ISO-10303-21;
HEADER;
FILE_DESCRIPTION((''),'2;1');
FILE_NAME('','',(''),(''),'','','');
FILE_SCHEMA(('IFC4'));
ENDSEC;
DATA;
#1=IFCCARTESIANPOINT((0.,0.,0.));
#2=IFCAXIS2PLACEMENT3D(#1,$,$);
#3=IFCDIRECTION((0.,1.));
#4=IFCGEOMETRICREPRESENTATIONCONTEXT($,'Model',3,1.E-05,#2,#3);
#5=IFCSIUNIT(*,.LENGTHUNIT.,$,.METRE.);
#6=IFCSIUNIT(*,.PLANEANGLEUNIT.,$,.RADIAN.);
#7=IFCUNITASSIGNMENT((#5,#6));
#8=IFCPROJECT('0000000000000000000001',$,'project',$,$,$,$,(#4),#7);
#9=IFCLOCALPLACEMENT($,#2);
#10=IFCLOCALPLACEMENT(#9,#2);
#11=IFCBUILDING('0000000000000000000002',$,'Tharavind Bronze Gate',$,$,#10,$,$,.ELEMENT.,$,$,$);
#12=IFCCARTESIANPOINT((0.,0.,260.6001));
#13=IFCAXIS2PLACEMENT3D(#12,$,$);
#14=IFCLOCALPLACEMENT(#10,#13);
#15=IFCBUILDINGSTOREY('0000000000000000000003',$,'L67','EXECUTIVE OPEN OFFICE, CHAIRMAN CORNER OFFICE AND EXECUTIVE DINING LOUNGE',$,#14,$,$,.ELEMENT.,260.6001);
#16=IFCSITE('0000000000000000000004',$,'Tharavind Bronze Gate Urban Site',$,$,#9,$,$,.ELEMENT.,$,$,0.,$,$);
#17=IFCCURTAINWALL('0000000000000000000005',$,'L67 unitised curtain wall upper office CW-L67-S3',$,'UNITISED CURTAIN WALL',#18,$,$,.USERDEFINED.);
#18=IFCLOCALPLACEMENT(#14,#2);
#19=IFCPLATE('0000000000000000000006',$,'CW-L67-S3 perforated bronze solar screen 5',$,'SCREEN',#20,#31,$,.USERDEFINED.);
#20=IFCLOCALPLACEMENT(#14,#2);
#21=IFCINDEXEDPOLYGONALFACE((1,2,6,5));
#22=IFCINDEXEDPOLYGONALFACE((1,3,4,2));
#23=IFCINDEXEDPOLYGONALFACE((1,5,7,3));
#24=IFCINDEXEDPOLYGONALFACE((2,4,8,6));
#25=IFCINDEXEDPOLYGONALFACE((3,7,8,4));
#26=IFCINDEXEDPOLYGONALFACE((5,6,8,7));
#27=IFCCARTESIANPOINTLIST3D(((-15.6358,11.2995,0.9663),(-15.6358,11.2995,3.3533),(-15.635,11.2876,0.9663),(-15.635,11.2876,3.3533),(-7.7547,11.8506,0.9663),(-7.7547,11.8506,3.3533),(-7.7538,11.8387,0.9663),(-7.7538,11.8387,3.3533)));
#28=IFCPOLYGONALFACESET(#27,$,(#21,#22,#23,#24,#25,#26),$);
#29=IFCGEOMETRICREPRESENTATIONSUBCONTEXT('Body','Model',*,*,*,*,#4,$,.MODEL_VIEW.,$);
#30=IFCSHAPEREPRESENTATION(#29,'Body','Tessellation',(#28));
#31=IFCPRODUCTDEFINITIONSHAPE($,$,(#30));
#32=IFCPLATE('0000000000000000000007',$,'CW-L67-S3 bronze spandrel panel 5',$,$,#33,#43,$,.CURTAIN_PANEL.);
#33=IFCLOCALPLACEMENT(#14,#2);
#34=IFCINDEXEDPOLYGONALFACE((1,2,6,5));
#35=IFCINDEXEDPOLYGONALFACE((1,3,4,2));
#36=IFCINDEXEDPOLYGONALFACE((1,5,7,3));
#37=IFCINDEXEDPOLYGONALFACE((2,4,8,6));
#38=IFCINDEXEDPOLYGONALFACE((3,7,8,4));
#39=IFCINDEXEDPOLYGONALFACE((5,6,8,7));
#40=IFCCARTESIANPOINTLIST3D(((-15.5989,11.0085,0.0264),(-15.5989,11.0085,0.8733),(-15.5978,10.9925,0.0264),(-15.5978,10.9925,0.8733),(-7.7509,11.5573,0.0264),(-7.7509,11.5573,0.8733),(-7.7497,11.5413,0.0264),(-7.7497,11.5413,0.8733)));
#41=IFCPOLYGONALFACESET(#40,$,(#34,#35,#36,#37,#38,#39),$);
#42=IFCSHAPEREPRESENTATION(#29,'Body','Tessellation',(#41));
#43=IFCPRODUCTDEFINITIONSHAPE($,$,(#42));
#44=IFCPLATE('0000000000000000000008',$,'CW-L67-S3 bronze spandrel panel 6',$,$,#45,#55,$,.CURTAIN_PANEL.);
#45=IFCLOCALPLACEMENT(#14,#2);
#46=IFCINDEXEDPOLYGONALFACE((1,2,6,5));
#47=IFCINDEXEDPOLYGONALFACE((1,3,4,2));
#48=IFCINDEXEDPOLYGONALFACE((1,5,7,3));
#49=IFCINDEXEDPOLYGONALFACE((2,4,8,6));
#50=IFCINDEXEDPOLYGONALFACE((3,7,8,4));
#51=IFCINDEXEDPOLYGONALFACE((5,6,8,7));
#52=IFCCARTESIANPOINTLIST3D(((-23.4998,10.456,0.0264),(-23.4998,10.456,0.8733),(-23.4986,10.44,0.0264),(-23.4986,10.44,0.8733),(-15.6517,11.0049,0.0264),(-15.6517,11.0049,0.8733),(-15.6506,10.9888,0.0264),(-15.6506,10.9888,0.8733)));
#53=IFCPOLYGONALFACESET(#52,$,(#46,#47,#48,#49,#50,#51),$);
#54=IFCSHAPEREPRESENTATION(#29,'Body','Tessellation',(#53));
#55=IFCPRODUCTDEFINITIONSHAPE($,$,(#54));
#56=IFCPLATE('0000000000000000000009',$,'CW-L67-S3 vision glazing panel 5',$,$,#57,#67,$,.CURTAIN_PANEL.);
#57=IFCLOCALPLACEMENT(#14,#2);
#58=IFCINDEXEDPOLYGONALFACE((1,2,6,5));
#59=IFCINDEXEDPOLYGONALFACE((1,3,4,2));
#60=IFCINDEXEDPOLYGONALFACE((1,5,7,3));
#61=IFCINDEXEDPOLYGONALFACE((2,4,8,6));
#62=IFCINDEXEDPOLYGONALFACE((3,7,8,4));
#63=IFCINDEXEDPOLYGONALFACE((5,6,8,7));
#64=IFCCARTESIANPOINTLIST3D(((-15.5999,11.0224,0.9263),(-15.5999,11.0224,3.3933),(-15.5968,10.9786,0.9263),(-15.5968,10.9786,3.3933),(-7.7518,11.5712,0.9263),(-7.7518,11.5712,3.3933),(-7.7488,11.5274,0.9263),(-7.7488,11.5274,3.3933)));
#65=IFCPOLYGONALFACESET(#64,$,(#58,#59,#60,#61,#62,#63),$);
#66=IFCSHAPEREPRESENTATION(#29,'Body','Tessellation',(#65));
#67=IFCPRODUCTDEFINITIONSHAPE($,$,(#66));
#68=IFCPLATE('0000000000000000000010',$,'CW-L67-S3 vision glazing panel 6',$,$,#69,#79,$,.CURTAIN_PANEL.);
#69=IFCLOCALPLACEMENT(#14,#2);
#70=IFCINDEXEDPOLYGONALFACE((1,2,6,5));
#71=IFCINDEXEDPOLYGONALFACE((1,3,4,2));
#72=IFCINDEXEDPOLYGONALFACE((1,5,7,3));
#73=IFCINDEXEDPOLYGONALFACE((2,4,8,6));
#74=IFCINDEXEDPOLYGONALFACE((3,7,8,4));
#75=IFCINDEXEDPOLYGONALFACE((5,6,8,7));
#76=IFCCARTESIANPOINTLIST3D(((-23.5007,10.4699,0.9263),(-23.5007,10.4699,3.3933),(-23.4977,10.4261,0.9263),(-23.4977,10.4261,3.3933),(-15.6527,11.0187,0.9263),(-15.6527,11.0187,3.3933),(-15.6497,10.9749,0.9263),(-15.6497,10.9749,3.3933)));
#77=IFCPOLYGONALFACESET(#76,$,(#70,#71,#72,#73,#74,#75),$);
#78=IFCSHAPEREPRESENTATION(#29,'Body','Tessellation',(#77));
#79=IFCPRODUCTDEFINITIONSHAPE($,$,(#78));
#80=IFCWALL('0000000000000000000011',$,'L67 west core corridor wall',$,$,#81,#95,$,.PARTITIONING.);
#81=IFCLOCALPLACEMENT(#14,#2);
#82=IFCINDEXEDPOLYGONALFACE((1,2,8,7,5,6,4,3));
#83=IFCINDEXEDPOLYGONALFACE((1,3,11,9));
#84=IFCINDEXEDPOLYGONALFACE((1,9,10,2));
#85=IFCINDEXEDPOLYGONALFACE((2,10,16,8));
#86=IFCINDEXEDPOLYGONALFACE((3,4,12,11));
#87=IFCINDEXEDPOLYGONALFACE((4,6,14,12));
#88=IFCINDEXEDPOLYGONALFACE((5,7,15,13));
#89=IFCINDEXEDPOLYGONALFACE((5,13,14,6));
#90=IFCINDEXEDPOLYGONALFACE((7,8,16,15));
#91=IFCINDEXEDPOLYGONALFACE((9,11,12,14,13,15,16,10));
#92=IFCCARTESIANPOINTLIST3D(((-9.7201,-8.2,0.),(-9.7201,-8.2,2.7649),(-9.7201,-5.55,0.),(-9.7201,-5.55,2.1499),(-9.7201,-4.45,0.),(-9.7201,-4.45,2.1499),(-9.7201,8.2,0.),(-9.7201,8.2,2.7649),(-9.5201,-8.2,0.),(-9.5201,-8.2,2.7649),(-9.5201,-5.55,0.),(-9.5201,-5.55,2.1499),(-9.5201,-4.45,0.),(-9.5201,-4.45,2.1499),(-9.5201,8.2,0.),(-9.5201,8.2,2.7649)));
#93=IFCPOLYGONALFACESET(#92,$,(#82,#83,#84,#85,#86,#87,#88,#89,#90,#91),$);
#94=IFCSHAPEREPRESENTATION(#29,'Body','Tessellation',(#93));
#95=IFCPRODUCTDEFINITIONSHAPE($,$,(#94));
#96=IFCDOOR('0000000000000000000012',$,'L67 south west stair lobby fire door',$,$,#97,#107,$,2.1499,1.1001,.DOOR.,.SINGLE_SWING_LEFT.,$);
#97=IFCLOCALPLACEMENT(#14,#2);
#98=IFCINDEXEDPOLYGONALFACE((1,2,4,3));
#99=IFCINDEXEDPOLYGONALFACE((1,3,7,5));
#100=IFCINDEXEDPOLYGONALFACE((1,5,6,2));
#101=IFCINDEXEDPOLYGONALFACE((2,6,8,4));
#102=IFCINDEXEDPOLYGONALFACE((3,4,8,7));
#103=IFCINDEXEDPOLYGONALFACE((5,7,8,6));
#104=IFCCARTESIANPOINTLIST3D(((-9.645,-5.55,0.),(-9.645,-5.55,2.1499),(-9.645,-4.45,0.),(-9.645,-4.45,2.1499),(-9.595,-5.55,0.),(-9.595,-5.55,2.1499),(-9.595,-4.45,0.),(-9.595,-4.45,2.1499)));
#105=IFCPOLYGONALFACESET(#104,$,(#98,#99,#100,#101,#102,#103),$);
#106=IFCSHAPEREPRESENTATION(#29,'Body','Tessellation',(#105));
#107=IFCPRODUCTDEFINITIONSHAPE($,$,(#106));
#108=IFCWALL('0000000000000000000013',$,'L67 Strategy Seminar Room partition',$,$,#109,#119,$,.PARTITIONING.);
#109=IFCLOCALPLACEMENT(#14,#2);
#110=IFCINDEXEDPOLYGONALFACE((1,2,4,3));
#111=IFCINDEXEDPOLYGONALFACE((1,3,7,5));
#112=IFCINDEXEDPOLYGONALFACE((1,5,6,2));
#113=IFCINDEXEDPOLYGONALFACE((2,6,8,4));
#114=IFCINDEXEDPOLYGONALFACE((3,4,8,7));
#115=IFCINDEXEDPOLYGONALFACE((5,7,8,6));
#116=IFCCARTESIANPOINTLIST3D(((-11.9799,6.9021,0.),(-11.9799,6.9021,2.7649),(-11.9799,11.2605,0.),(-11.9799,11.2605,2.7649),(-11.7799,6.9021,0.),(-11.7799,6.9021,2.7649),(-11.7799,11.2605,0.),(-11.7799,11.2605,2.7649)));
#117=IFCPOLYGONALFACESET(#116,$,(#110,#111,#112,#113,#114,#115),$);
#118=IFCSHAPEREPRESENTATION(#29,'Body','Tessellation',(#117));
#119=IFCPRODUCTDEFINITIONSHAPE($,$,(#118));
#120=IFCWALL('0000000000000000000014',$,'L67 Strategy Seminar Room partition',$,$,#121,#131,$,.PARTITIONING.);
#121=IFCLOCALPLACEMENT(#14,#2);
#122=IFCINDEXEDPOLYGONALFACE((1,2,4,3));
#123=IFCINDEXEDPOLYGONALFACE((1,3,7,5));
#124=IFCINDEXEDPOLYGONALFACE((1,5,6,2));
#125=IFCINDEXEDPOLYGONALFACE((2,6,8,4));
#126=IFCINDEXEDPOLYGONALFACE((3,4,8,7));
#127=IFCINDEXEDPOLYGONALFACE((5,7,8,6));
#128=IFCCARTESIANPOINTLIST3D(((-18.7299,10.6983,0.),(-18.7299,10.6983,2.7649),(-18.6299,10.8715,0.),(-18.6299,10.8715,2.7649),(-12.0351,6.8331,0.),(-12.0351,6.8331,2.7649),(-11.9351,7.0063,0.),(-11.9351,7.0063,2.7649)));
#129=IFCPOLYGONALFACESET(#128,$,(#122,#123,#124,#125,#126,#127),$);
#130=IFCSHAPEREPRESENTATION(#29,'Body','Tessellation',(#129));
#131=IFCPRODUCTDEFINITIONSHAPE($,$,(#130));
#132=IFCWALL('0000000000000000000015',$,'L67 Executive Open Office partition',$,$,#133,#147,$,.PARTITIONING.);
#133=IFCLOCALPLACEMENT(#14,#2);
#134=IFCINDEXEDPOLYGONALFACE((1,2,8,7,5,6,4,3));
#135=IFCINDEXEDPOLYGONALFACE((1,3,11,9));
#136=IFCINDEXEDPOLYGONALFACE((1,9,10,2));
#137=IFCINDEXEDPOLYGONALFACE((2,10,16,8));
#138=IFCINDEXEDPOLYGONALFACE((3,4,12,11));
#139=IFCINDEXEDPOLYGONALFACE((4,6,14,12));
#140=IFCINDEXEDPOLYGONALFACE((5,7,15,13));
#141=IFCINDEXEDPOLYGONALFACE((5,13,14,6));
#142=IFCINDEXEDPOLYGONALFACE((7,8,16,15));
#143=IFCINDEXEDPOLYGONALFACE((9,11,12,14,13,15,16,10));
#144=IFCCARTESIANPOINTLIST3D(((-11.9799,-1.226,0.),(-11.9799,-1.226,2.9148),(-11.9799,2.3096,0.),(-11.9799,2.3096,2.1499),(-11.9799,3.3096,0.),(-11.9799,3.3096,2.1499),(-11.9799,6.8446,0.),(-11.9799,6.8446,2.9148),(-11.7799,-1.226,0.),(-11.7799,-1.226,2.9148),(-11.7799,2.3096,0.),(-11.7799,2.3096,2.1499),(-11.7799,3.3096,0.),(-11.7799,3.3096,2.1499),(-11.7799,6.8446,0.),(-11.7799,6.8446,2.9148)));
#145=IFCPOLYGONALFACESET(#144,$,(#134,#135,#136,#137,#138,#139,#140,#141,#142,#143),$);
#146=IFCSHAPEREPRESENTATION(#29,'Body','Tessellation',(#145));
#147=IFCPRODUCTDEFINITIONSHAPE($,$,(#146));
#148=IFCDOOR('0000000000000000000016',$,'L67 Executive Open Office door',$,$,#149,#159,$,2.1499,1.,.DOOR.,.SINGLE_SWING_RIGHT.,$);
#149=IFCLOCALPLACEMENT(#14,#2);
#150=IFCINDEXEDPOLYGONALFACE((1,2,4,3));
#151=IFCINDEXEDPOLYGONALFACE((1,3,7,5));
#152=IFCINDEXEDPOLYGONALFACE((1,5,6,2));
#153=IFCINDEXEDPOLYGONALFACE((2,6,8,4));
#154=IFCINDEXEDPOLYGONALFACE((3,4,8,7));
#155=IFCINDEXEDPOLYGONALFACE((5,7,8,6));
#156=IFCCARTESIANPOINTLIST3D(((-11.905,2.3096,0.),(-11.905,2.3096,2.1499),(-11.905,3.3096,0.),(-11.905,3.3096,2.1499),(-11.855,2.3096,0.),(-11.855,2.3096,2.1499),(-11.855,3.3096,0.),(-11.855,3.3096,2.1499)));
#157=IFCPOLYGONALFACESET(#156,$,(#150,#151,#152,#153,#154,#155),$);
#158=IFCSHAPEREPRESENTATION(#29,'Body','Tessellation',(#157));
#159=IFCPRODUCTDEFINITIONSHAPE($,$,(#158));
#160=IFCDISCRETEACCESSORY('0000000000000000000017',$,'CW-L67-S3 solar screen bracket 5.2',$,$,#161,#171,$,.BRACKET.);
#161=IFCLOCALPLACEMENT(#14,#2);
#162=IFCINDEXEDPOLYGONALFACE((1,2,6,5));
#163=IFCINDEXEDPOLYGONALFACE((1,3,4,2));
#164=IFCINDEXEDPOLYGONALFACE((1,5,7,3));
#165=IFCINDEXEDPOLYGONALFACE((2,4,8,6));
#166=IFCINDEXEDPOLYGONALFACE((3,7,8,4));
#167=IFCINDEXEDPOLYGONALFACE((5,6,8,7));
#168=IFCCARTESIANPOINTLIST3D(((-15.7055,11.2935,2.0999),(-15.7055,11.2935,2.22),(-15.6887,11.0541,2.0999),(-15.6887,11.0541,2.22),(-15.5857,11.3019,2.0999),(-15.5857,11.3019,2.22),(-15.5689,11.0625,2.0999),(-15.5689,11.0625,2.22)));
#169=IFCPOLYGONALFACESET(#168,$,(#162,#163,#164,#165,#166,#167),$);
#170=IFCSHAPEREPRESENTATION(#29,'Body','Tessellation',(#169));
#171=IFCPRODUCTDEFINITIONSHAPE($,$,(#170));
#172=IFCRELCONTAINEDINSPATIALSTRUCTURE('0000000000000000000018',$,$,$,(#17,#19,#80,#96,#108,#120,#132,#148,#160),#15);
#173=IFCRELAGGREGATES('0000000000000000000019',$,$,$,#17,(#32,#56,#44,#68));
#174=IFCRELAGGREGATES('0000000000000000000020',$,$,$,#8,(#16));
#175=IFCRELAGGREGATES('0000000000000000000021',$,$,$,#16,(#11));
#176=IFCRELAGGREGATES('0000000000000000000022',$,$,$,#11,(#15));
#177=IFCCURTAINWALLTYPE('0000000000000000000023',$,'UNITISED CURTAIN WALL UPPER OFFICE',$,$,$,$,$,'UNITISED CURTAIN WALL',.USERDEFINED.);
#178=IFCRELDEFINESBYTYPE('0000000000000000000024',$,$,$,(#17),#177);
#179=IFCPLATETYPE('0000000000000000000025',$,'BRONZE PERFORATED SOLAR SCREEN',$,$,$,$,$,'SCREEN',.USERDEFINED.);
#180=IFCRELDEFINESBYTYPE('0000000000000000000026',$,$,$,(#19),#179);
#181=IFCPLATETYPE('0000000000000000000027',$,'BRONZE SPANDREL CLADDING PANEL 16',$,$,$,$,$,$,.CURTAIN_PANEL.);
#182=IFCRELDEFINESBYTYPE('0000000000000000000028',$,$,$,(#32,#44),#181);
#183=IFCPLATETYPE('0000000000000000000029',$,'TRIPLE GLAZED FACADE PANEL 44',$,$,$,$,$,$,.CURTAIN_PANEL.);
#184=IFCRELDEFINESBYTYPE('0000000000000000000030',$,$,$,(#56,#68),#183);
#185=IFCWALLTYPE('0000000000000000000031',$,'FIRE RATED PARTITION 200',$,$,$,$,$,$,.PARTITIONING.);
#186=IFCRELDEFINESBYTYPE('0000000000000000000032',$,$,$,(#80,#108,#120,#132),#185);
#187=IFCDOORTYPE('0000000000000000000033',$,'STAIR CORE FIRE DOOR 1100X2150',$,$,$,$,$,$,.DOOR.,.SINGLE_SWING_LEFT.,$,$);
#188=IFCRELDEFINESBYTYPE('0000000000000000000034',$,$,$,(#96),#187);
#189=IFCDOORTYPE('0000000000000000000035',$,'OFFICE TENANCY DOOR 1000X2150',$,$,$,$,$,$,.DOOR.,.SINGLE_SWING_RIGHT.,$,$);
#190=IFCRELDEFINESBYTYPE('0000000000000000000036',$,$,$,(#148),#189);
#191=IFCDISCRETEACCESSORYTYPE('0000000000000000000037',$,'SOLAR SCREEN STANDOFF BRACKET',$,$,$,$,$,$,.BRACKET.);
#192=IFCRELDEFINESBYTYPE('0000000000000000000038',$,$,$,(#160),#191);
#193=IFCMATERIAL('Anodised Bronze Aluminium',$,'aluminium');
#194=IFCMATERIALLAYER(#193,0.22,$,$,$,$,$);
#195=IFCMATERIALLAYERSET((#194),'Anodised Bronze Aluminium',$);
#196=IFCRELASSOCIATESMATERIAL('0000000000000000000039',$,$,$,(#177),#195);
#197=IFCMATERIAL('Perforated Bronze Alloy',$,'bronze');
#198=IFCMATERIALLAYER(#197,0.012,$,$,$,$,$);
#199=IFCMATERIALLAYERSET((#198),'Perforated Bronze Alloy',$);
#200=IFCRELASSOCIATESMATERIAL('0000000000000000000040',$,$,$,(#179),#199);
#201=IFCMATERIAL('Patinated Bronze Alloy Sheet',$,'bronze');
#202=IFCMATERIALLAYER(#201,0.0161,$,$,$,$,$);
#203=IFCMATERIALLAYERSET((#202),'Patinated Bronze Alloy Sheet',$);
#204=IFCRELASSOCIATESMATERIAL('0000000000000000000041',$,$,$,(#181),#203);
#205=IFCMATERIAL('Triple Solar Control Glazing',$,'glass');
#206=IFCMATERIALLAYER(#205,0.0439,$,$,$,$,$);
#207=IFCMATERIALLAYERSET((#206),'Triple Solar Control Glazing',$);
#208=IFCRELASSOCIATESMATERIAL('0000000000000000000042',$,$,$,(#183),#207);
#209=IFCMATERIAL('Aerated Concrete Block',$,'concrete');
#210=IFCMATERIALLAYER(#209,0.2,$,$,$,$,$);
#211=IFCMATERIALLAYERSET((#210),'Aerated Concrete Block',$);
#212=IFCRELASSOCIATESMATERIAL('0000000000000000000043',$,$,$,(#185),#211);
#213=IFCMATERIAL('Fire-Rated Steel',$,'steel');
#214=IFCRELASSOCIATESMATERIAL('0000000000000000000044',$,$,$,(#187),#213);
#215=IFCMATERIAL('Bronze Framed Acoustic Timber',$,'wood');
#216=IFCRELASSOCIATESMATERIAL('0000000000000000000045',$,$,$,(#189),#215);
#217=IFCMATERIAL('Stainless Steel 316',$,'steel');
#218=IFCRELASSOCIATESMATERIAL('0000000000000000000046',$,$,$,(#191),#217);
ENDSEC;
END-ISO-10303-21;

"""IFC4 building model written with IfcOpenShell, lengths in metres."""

from ifc_helpers import new_model, si_unit, direction, frame, frame_2d, origin, origin_2d, place, context, subcontext, project, spatial, rectangle, extrude, material, layer, layer_set, type_object, element, fill, aggregate, save


model = new_model("IFC4")

# Units and contexts
model_context = context("Model", 3, precision=1e-05, world=origin(), true_north=direction((0.0, 1.0)))
body_context = subcontext(model_context, "Body", "Model", "MODEL_VIEW")
ifc_project = project(units=[si_unit("LENGTHUNIT", "METRE"), si_unit("PLANEANGLEUNIT", "RADIAN")], contexts=[model_context])

# Site, building, storey
site_placement = place(None, origin())
site = spatial("IfcSite", under=ifc_project, at=site_placement, Name="Tharavind Bronze Gate Urban Site", CompositionType="ELEMENT", RefElevation=0.0)
building_placement = place(site_placement, origin())
building = spatial("IfcBuilding", under=site, at=building_placement, Name="Tharavind Bronze Gate", CompositionType="ELEMENT")
storey_placement = place(building_placement, frame((0.0, 0.0, 260.6001)))
storey = spatial("IfcBuildingStorey", under=building, at=storey_placement, Name="L67", Description="EXECUTIVE OPEN OFFICE, CHAIRMAN CORNER OFFICE AND EXECUTIVE DINING LOUNGE", CompositionType="ELEMENT", Elevation=260.6001)

# Curtain wall
ifc_material_1 = material(Name="Anodised Bronze Aluminium", Category="aluminium")
ifc_layer_1 = layer(ifc_material_1, 0.22)
ifc_layer_set_1 = layer_set([ifc_layer_1], Name="Anodised Bronze Aluminium")
curtain_wall_type = type_object("IfcCurtainWallType", Name="UNITISED CURTAIN WALL UPPER OFFICE", ElementType="UNITISED CURTAIN WALL", PredefinedType="USERDEFINED", material=ifc_layer_set_1)
curtain_wall_placement = place(storey_placement, origin())
curtain_wall = element("IfcCurtainWall", 1, at=curtain_wall_placement, inside=storey, type_object=curtain_wall_type, Name="L67 unitised curtain wall upper office CW-L67-S3", ObjectType="UNITISED CURTAIN WALL", PredefinedType="USERDEFINED")

# Plates
ifc_material_2 = material(Name="Perforated Bronze Alloy", Category="bronze")
ifc_layer_2 = layer(ifc_material_2, 0.012)
ifc_layer_set_2 = layer_set([ifc_layer_2], Name="Perforated Bronze Alloy")
plate_type_1 = type_object("IfcPlateType", Name="BRONZE PERFORATED SOLAR SCREEN", ElementType="SCREEN", PredefinedType="USERDEFINED", material=ifc_layer_set_2)
plate_1_placement = place(storey_placement, frame((-11.6948, 11.5691, 0.9663), z_axis=(0.0, 0.0, 1.0), x_axis=(-0.997564, -0.06976, 0.0)))
element("IfcPlate", 2, at=plate_1_placement, inside=storey, type_object=plate_type_1, Name="CW-L67-S3 perforated bronze solar screen 5", ObjectType="SCREEN", PredefinedType="USERDEFINED", context=body_context, shape_type="SweptSolid", body=[
    extrude(rectangle(XDim=7.9004, YDim=0.012, at=origin_2d()), origin(), (0.0, 0.0, 1.0), 2.387),
])
ifc_material_3 = material(Name="Patinated Bronze Alloy Sheet", Category="bronze")
ifc_layer_3 = layer(ifc_material_3, 0.0161)
ifc_layer_set_3 = layer_set([ifc_layer_3], Name="Patinated Bronze Alloy Sheet")
plate_type_2 = type_object("IfcPlateType", Name="BRONZE SPANDREL CLADDING PANEL 16", PredefinedType="CURTAIN_PANEL", material=ifc_layer_set_3)
plate_2_placement = place(storey_placement, frame((-11.6743, 11.2749, 0.0264), z_axis=(0.0, 0.0, 1.0), x_axis=(-0.997564, -0.06976, 0.0)))
plate_2 = element("IfcPlate", 3, at=plate_2_placement, type_object=plate_type_2, Name="CW-L67-S3 bronze spandrel panel 5", PredefinedType="CURTAIN_PANEL", context=body_context, shape_type="SweptSolid", body=[
    extrude(rectangle(XDim=7.8672, YDim=0.0161, at=origin_2d()), origin(), (0.0, 0.0, 1.0), 0.8469),
])
plate_3_placement = place(storey_placement, frame((-19.5752, 10.7224, 0.0264), z_axis=(0.0, 0.0, 1.0), x_axis=(-0.997564, -0.06976, 0.0)))
plate_3 = element("IfcPlate", 4, at=plate_3_placement, type_object=plate_type_2, Name="CW-L67-S3 bronze spandrel panel 6", PredefinedType="CURTAIN_PANEL", context=body_context, shape_type="SweptSolid", body=[
    extrude(rectangle(XDim=7.8672, YDim=0.0161, at=origin_2d()), origin(), (0.0, 0.0, 1.0), 0.8469),
])
ifc_material_4 = material(Name="Triple Solar Control Glazing", Category="glass")
ifc_layer_4 = layer(ifc_material_4, 0.0439)
ifc_layer_set_4 = layer_set([ifc_layer_4], Name="Triple Solar Control Glazing")
plate_type_3 = type_object("IfcPlateType", Name="TRIPLE GLAZED FACADE PANEL 44", PredefinedType="CURTAIN_PANEL", material=ifc_layer_set_4)
plate_4_placement = place(storey_placement, frame((-11.6743, 11.2749, 0.9263), z_axis=(0.0, 0.0, 1.0), x_axis=(-0.997564, -0.06976, 0.0)))
plate_4 = element("IfcPlate", 5, at=plate_4_placement, type_object=plate_type_3, Name="CW-L67-S3 vision glazing panel 5", PredefinedType="CURTAIN_PANEL", context=body_context, shape_type="SweptSolid", body=[
    extrude(rectangle(XDim=7.8672, YDim=0.0439, at=origin_2d()), origin(), (0.0, 0.0, 1.0), 2.467),
])
plate_5_placement = place(storey_placement, frame((-19.5752, 10.7224, 0.9263), z_axis=(0.0, 0.0, 1.0), x_axis=(-0.997564, -0.06976, 0.0)))
plate_5 = element("IfcPlate", 6, at=plate_5_placement, type_object=plate_type_3, Name="CW-L67-S3 vision glazing panel 6", PredefinedType="CURTAIN_PANEL", context=body_context, shape_type="SweptSolid", body=[
    extrude(rectangle(XDim=7.8672, YDim=0.0439, at=origin_2d()), origin(), (0.0, 0.0, 1.0), 2.467),
])
aggregate(curtain_wall, [plate_2, plate_4, plate_3, plate_5])

# Wall, opening, door
ifc_material_5 = material(Name="Aerated Concrete Block", Category="concrete")
ifc_layer_5 = layer(ifc_material_5, 0.2)
ifc_layer_set_5 = layer_set([ifc_layer_5], Name="Aerated Concrete Block")
wall_type = type_object("IfcWallType", Name="FIRE RATED PARTITION 200", PredefinedType="PARTITIONING", material=ifc_layer_set_5)
wall_1_placement = place(storey_placement, frame((-9.6201, 8.2, 0.0), z_axis=(0.0, 0.0, 1.0), x_axis=(0.0, -1.0, 0.0)))
wall_1 = element("IfcWall", 7, at=wall_1_placement, inside=storey, type_object=wall_type, Name="L67 west core corridor wall", PredefinedType="PARTITIONING", context=body_context, shape_type="SweptSolid", body=[
    extrude(rectangle(XDim=16.3999, YDim=0.2, at=frame_2d((8.2, 0.0))), origin(), (0.0, 0.0, 1.0), 2.7649),
])
opening_1_placement = place(wall_1_placement, frame((12.6499, 0.0, 0.0)))
opening_1 = element("IfcOpeningElement", 8, at=opening_1_placement, cuts=wall_1, PredefinedType="OPENING", context=body_context, shape_type="SweptSolid", body=[
    extrude(rectangle(XDim=1.1001, YDim=2.1499, at=frame_2d((0.55, 1.075))), frame((0.0, 0.1101, 0.0), z_axis=(0.0, -1.0, 0.0), x_axis=(1.0, 0.0, 0.0)), (0.0, 0.0, 1.0), 0.22),
])
ifc_material_6 = material(Name="Fire-Rated Steel", Category="steel")
door_type_1 = type_object("IfcDoorType", Name="STAIR CORE FIRE DOOR 1100X2150", OperationType="SINGLE_SWING_LEFT", PredefinedType="DOOR", material=ifc_material_6)
door_1_placement = place(opening_1_placement, frame((1.1001, 0.0, 0.0), z_axis=(0.0, 0.0, 1.0), x_axis=(-1.0, 0.0, 0.0)))
door_1 = element("IfcDoor", 9, at=door_1_placement, inside=storey, type_object=door_type_1, Name="L67 south west stair lobby fire door", OperationType="SINGLE_SWING_LEFT", OverallHeight=2.1499, OverallWidth=1.1001, PredefinedType="DOOR", context=body_context, shape_type="SweptSolid", body=[
    extrude(rectangle(XDim=1.1001, YDim=2.1499, at=frame_2d((0.55, 1.075))), frame((0.0, 0.0249, 0.0), z_axis=(0.0, -1.0, 0.0), x_axis=(1.0, 0.0, 0.0)), (0.0, 0.0, 1.0), 0.05),
])
fill(opening_1, door_1)

# Walls
wall_2_placement = place(storey_placement, frame((-11.8799, 11.2605, 0.0), z_axis=(0.0, 0.0, 1.0), x_axis=(0.0, -1.0, 0.0)))
element("IfcWall", 10, at=wall_2_placement, inside=storey, type_object=wall_type, Name="L67 Strategy Seminar Room partition", PredefinedType="PARTITIONING", context=body_context, shape_type="SweptSolid", body=[
    extrude(rectangle(XDim=4.3584, YDim=0.2, at=frame_2d((2.1792, 0.0))), origin(), (0.0, 0.0, 1.0), 2.7649),
])
wall_3_placement = place(storey_placement, frame((-11.9851, 6.9197, 0.0), z_axis=(0.0, 0.0, 1.0), x_axis=(-0.866027, 0.499998, 0.0)))
element("IfcWall", 11, at=wall_3_placement, inside=storey, type_object=wall_type, Name="L67 Strategy Seminar Room partition", PredefinedType="PARTITIONING", context=body_context, shape_type="SweptSolid", body=[
    extrude(rectangle(XDim=7.7305, YDim=0.2, at=frame_2d((3.8652, 0.0))), origin(), (0.0, 0.0, 1.0), 2.7649),
])

# Wall, opening, door
wall_4_placement = place(storey_placement, frame((-11.8799, 6.8445, 0.0), z_axis=(0.0, 0.0, 1.0), x_axis=(0.0, -1.0, 0.0)))
wall_4 = element("IfcWall", 12, at=wall_4_placement, inside=storey, type_object=wall_type, Name="L67 Executive Open Office partition", PredefinedType="PARTITIONING", context=body_context, shape_type="SweptSolid", body=[
    extrude(rectangle(XDim=8.0706, YDim=0.2, at=frame_2d((4.0352, 0.0))), origin(), (0.0, 0.0, 1.0), 2.9148),
])
opening_2_placement = place(wall_4_placement, frame((3.5349, 0.0, 0.0)))
opening_2 = element("IfcOpeningElement", 13, at=opening_2_placement, cuts=wall_4, PredefinedType="OPENING", context=body_context, shape_type="SweptSolid", body=[
    extrude(rectangle(XDim=1.0, YDim=2.1499, at=frame_2d((0.5, 1.075))), frame((0.0, 0.1101, 0.0), z_axis=(0.0, -1.0, 0.0), x_axis=(1.0, 0.0, 0.0)), (0.0, 0.0, 1.0), 0.22),
])
ifc_material_7 = material(Name="Bronze Framed Acoustic Timber", Category="wood")
door_type_2 = type_object("IfcDoorType", Name="OFFICE TENANCY DOOR 1000X2150", OperationType="SINGLE_SWING_RIGHT", PredefinedType="DOOR", material=ifc_material_7)
door_2_placement = place(opening_2_placement, origin())
door_2 = element("IfcDoor", 14, at=door_2_placement, inside=storey, type_object=door_type_2, Name="L67 Executive Open Office door", OperationType="SINGLE_SWING_RIGHT", OverallHeight=2.1499, OverallWidth=1.0, PredefinedType="DOOR", context=body_context, shape_type="SweptSolid", body=[
    extrude(rectangle(XDim=1.0, YDim=2.1499, at=frame_2d((0.5, 1.075))), frame((0.0, 0.0249, 0.0), z_axis=(0.0, -1.0, 0.0), x_axis=(1.0, 0.0, 0.0)), (0.0, 0.0, 1.0), 0.05),
])
fill(opening_2, door_2)

# Discrete accessory
ifc_material_8 = material(Name="Stainless Steel 316", Category="steel")
discrete_accessory_type = type_object("IfcDiscreteAccessoryType", Name="SOLAR SCREEN STANDOFF BRACKET", PredefinedType="BRACKET", material=ifc_material_8)
discrete_accessory_placement = place(storey_placement, frame((-15.6372, 11.178, 2.0999), z_axis=(0.0, 0.0, 1.0), x_axis=(-0.997564, -0.06976, 0.0)))
element("IfcDiscreteAccessory", 15, at=discrete_accessory_placement, inside=storey, type_object=discrete_accessory_type, Name="CW-L67-S3 solar screen bracket 5.2", PredefinedType="BRACKET", context=body_context, shape_type="SweptSolid", body=[
    extrude(rectangle(XDim=0.1201, YDim=0.24, at=origin_2d()), origin(), (0.0, 0.0, 1.0), 0.1201),
])

save(model, "model.ifc")
